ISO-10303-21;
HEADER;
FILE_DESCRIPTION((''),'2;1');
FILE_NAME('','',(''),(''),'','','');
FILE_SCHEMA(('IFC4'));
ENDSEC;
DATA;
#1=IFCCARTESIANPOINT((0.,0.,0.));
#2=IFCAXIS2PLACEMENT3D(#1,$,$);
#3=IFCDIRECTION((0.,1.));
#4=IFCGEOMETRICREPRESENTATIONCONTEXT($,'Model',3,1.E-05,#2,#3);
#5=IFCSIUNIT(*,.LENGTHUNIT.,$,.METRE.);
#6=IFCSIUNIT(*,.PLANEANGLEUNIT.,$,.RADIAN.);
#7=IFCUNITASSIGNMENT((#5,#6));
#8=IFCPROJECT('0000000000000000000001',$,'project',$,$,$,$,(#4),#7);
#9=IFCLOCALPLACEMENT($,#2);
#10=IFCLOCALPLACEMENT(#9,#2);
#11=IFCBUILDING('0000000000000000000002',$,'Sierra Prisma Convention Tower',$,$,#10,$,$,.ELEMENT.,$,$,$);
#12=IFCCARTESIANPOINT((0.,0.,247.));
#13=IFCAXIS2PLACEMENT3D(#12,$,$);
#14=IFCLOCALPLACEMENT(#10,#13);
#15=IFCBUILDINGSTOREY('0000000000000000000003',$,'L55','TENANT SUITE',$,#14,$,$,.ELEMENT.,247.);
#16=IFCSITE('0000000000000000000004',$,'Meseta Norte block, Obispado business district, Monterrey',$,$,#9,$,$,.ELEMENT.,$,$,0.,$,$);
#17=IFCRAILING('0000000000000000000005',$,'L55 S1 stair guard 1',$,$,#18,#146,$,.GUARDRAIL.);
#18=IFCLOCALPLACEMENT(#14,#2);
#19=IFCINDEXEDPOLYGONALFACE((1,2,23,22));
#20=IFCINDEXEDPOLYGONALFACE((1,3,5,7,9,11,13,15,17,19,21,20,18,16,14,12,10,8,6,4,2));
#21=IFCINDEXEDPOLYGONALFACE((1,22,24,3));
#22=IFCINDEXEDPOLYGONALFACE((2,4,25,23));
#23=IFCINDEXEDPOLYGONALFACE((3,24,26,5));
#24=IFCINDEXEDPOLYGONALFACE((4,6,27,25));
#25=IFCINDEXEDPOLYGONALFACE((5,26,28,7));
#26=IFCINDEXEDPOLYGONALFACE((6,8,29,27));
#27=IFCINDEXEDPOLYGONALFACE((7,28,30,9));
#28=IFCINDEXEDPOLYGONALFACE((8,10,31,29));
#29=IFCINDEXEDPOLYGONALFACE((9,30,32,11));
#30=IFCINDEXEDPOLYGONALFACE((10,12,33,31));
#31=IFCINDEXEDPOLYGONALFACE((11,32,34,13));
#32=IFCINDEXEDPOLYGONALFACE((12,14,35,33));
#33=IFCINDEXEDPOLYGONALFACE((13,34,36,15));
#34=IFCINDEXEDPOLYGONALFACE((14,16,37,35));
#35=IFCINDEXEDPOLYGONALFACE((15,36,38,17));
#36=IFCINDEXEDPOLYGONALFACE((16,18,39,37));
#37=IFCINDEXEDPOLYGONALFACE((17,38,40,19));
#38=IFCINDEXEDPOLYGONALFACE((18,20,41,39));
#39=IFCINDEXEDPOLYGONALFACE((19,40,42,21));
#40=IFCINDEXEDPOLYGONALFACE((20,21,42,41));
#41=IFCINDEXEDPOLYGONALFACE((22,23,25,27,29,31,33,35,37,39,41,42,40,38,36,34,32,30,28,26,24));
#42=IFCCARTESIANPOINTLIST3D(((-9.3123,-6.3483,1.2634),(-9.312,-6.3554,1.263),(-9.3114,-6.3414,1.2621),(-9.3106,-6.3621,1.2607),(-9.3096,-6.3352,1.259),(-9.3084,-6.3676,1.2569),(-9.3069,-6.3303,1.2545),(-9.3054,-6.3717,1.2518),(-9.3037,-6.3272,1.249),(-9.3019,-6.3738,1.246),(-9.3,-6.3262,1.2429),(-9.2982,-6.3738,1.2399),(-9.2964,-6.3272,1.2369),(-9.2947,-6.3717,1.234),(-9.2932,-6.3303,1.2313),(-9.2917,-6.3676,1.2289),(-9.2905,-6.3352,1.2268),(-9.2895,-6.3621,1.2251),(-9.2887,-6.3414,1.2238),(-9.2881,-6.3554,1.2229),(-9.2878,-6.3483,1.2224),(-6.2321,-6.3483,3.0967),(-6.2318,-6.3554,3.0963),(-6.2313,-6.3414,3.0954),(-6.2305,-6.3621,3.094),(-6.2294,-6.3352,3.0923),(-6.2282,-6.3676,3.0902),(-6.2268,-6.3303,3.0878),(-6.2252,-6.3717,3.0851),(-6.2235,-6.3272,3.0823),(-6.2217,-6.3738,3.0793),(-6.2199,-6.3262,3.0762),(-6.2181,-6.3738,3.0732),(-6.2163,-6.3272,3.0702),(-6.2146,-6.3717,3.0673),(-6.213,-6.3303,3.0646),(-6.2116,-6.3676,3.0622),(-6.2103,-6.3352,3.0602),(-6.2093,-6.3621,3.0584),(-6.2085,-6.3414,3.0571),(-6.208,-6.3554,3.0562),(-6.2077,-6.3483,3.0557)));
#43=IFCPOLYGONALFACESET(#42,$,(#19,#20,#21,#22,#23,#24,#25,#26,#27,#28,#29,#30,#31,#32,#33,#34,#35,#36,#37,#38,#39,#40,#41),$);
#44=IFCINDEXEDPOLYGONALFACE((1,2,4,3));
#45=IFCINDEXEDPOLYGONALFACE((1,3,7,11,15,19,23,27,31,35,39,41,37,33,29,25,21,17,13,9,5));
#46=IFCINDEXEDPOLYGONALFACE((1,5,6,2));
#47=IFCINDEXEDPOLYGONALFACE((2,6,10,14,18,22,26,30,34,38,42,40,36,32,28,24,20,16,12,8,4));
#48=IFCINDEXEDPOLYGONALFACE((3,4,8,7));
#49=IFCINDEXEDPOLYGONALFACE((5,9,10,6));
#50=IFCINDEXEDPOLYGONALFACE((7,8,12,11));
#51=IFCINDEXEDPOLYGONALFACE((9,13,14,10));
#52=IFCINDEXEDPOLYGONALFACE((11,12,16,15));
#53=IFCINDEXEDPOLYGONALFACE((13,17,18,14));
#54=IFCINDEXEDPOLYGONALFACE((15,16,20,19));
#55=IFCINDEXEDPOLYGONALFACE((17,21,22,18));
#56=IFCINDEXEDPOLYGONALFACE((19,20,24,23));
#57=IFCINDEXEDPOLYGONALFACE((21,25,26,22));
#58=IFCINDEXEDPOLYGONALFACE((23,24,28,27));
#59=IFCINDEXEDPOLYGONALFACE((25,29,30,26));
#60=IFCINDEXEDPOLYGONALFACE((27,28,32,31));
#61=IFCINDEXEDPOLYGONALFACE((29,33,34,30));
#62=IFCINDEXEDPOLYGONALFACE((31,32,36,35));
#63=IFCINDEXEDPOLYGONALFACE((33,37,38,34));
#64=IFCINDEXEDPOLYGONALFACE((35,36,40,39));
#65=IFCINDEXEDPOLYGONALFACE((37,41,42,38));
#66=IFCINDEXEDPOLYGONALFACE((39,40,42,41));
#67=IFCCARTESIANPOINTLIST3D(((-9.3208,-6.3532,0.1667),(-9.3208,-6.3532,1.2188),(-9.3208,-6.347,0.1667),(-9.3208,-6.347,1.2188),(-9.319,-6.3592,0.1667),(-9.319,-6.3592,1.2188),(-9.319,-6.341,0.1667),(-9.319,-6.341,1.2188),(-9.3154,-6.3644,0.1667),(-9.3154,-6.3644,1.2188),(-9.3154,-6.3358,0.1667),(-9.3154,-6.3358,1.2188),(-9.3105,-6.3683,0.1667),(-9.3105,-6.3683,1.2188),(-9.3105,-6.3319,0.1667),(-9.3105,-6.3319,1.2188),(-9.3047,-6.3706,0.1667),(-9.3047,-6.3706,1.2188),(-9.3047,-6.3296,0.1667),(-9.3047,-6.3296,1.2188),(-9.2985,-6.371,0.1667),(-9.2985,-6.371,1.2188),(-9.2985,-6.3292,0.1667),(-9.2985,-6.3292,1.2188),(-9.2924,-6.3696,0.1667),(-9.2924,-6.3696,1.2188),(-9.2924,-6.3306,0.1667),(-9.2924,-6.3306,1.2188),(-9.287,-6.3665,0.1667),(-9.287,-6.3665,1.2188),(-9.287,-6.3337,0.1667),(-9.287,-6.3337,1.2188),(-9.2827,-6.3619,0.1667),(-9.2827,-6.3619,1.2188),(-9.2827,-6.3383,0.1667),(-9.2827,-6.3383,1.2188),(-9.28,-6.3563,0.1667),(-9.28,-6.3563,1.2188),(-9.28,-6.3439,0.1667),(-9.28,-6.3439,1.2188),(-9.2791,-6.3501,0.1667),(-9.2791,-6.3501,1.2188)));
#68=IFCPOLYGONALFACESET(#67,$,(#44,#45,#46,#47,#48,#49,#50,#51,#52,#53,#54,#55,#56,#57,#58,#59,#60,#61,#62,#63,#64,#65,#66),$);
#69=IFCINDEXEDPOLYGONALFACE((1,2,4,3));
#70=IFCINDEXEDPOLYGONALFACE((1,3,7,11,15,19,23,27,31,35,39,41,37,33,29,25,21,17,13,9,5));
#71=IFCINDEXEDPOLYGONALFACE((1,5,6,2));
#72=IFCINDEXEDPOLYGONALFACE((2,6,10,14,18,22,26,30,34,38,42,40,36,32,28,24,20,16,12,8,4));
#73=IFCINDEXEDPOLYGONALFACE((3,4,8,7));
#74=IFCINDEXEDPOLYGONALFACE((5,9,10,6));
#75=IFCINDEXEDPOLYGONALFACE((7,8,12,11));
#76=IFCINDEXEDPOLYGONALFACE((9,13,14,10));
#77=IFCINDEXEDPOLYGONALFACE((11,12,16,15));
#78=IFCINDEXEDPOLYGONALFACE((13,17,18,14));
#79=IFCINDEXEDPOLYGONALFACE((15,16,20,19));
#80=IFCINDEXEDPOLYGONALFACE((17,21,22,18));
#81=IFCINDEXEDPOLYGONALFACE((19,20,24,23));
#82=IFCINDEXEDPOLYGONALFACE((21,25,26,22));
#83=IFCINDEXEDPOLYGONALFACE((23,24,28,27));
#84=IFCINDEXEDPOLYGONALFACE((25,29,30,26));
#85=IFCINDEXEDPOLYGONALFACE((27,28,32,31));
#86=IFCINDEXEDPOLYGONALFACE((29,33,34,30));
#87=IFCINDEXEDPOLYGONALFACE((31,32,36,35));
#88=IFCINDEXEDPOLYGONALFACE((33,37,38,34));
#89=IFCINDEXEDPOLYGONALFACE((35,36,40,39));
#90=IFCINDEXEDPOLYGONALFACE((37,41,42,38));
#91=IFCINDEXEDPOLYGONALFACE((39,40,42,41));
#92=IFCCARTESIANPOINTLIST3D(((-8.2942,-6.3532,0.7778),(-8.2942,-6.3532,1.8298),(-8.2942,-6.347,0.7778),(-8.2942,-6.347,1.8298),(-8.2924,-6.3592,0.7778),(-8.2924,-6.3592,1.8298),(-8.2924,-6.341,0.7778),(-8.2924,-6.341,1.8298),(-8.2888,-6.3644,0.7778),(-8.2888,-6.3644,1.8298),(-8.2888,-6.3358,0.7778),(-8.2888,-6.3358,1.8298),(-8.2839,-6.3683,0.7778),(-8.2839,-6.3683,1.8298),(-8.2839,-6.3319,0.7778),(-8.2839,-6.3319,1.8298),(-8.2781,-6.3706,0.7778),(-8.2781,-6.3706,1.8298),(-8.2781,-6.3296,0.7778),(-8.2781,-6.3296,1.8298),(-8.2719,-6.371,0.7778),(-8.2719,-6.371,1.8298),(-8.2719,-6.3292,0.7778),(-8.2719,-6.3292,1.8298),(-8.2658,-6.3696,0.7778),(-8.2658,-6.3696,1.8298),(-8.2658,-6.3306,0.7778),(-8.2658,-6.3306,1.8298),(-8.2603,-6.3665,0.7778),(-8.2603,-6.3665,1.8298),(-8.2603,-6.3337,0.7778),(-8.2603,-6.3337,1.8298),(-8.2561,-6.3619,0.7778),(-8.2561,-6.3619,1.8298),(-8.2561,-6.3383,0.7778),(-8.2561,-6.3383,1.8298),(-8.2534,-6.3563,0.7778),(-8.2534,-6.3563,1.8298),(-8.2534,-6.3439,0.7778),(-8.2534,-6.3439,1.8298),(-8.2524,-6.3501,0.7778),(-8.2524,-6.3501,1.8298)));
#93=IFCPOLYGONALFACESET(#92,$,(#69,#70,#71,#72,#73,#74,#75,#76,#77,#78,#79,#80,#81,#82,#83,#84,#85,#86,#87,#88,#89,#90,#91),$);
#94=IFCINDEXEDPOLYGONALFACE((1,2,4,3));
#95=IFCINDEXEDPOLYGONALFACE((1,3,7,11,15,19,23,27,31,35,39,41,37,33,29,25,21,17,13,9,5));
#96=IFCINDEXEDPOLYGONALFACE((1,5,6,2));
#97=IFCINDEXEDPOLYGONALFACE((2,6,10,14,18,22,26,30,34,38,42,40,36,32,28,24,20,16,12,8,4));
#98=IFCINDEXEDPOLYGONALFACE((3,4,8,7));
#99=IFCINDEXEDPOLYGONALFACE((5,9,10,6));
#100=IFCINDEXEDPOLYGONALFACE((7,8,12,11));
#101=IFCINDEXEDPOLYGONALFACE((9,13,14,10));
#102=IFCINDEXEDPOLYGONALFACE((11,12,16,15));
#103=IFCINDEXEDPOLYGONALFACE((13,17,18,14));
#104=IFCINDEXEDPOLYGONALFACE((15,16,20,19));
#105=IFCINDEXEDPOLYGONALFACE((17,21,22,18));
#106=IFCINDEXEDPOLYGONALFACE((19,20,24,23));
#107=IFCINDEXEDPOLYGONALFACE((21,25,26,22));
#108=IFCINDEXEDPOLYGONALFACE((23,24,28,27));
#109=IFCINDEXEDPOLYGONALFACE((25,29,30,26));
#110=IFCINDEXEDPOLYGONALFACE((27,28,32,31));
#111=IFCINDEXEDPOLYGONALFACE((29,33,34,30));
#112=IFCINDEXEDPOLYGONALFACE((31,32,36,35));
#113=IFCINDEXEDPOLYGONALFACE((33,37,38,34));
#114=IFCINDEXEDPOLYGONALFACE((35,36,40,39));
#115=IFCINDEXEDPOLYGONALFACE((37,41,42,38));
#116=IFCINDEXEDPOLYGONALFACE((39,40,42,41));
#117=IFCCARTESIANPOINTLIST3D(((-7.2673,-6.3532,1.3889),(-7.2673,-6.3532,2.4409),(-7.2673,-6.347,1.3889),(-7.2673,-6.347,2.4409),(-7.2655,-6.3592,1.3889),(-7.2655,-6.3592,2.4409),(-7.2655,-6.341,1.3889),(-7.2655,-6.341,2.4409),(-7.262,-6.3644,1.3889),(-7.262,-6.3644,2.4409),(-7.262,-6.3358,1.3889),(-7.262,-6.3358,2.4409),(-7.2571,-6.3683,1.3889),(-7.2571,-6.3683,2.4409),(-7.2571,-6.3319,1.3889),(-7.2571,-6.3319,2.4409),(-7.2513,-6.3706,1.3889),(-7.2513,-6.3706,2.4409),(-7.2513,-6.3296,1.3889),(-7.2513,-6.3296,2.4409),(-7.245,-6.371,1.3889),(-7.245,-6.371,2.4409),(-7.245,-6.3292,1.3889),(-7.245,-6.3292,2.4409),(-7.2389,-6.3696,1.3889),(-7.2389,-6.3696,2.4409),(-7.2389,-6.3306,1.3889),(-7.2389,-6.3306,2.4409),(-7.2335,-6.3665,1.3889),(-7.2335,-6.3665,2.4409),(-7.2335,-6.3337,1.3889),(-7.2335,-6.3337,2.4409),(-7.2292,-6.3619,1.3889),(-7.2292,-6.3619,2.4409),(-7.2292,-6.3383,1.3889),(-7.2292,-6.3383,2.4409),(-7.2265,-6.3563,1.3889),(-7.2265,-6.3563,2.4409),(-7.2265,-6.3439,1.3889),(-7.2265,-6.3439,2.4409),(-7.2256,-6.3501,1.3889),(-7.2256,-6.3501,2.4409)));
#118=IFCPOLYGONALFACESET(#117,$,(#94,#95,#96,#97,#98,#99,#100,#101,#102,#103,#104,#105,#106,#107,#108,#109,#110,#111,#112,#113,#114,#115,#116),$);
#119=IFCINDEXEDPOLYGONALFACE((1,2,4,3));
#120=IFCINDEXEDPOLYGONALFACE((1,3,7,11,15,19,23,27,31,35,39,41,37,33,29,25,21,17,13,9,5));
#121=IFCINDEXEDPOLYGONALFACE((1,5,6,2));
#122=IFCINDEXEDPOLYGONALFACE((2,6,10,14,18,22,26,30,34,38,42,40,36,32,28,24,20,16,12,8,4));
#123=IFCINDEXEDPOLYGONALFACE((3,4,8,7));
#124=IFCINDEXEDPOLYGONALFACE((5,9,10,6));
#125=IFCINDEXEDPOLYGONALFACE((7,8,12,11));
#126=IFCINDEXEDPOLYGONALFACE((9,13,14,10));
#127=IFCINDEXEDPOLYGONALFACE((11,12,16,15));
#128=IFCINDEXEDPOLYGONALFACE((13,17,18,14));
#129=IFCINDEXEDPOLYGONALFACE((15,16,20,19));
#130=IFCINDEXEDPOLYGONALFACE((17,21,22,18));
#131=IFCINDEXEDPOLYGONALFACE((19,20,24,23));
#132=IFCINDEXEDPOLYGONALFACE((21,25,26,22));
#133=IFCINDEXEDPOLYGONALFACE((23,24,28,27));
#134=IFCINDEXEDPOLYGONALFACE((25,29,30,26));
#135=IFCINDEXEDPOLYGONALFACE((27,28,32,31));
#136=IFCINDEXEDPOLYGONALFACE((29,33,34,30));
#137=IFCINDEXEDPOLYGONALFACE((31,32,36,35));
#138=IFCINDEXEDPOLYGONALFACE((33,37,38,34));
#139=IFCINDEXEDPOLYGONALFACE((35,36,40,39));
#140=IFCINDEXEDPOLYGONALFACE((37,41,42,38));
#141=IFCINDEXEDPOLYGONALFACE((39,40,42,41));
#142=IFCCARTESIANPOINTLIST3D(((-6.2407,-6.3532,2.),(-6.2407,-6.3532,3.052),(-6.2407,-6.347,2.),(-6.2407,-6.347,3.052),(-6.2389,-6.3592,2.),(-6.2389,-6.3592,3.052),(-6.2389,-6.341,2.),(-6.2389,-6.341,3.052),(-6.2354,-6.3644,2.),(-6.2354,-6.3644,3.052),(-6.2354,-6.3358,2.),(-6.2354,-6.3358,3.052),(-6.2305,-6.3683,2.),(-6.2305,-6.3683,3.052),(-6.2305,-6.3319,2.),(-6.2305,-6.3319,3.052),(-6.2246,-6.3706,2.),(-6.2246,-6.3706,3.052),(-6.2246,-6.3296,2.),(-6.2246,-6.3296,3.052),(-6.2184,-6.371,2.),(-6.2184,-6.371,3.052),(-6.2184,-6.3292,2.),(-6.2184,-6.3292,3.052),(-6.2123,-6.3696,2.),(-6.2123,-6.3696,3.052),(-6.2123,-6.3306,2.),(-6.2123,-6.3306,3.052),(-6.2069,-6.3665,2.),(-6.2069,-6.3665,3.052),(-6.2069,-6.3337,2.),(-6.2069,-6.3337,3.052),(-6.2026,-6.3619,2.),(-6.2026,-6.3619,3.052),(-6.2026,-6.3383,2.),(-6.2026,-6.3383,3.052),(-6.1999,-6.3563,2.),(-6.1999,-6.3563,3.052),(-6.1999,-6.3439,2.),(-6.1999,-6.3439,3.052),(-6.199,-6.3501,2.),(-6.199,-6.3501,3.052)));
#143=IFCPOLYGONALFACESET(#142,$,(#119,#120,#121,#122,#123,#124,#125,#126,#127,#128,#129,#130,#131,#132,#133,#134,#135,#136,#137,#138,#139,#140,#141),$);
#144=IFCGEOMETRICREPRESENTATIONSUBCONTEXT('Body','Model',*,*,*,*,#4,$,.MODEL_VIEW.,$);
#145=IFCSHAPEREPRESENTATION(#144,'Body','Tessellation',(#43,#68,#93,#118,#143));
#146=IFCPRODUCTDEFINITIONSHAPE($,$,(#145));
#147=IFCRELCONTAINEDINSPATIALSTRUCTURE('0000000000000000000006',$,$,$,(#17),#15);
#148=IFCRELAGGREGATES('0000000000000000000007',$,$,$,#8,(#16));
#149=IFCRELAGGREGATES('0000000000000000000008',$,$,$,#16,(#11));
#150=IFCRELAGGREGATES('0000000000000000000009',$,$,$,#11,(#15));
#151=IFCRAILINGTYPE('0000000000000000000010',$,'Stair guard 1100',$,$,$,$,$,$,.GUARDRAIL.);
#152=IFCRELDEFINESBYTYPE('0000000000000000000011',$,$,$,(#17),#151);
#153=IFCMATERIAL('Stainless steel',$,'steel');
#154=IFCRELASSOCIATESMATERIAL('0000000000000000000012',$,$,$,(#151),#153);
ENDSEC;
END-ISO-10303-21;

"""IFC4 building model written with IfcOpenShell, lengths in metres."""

from ifc_helpers import new_model, si_unit, direction, frame, origin, origin_2d, place, context, subcontext, project, spatial, circle, extrude, material, type_object, element, save


model = new_model("IFC4")

# Units and contexts
model_context = context("Model", 3, precision=1e-05, world=origin(), true_north=direction((0.0, 1.0)))
body_context = subcontext(model_context, "Body", "Model", "MODEL_VIEW")
ifc_project = project(units=[si_unit("LENGTHUNIT", "METRE"), si_unit("PLANEANGLEUNIT", "RADIAN")], contexts=[model_context])

# Site, building, storey
site_placement = place(None, origin())
site = spatial("IfcSite", under=ifc_project, at=site_placement, Name="Meseta Norte block, Obispado business district, Monterrey", CompositionType="ELEMENT", RefElevation=0.0)
building_placement = place(site_placement, origin())
building = spatial("IfcBuilding", under=site, at=building_placement, Name="Sierra Prisma Convention Tower", CompositionType="ELEMENT")
storey_placement = place(building_placement, frame((0.0, 0.0, 247.0)))
storey = spatial("IfcBuildingStorey", under=building, at=storey_placement, Name="L55", Description="TENANT SUITE", CompositionType="ELEMENT", Elevation=247.0)

# Railing
ifc_material_1 = material(Name="Stainless steel", Category="steel")
railing_type_1 = type_object("IfcRailingType", Name="Stair guard 1100", PredefinedType="GUARDRAIL", material=ifc_material_1)
railing_1_placement = place(storey_placement, frame((-9.3, -6.3501, 0.1667)))
element("IfcRailing", 1, at=railing_1_placement, inside=storey, type_object=railing_type_1, Name="L55 S1 stair guard 1", PredefinedType="GUARDRAIL", context=body_context, shape_type="SweptSolid", body=[
    extrude(circle(Radius=0.0239, at=origin_2d()), frame((0.0, 0.0, 1.0762), z_axis=(0.859309, 0.0, 0.511458), x_axis=(0.0, 1.0, 0.0)), (0.0, 0.0, 1.0), 3.5845),
    extrude(circle(Radius=0.021, at=origin_2d()), origin(), (0.0, 0.0, 1.0), 1.052),
    extrude(circle(Radius=0.021, at=origin_2d()), frame((1.0266, 0.0, 0.6111)), (0.0, 0.0, 1.0), 1.052),
    extrude(circle(Radius=0.021, at=origin_2d()), frame((2.0535, 0.0, 1.2222)), (0.0, 0.0, 1.0), 1.052),
    extrude(circle(Radius=0.021, at=origin_2d()), frame((3.0801, 0.0, 1.8333)), (0.0, 0.0, 1.0), 1.052),
])

save(model, "model.ifc")
